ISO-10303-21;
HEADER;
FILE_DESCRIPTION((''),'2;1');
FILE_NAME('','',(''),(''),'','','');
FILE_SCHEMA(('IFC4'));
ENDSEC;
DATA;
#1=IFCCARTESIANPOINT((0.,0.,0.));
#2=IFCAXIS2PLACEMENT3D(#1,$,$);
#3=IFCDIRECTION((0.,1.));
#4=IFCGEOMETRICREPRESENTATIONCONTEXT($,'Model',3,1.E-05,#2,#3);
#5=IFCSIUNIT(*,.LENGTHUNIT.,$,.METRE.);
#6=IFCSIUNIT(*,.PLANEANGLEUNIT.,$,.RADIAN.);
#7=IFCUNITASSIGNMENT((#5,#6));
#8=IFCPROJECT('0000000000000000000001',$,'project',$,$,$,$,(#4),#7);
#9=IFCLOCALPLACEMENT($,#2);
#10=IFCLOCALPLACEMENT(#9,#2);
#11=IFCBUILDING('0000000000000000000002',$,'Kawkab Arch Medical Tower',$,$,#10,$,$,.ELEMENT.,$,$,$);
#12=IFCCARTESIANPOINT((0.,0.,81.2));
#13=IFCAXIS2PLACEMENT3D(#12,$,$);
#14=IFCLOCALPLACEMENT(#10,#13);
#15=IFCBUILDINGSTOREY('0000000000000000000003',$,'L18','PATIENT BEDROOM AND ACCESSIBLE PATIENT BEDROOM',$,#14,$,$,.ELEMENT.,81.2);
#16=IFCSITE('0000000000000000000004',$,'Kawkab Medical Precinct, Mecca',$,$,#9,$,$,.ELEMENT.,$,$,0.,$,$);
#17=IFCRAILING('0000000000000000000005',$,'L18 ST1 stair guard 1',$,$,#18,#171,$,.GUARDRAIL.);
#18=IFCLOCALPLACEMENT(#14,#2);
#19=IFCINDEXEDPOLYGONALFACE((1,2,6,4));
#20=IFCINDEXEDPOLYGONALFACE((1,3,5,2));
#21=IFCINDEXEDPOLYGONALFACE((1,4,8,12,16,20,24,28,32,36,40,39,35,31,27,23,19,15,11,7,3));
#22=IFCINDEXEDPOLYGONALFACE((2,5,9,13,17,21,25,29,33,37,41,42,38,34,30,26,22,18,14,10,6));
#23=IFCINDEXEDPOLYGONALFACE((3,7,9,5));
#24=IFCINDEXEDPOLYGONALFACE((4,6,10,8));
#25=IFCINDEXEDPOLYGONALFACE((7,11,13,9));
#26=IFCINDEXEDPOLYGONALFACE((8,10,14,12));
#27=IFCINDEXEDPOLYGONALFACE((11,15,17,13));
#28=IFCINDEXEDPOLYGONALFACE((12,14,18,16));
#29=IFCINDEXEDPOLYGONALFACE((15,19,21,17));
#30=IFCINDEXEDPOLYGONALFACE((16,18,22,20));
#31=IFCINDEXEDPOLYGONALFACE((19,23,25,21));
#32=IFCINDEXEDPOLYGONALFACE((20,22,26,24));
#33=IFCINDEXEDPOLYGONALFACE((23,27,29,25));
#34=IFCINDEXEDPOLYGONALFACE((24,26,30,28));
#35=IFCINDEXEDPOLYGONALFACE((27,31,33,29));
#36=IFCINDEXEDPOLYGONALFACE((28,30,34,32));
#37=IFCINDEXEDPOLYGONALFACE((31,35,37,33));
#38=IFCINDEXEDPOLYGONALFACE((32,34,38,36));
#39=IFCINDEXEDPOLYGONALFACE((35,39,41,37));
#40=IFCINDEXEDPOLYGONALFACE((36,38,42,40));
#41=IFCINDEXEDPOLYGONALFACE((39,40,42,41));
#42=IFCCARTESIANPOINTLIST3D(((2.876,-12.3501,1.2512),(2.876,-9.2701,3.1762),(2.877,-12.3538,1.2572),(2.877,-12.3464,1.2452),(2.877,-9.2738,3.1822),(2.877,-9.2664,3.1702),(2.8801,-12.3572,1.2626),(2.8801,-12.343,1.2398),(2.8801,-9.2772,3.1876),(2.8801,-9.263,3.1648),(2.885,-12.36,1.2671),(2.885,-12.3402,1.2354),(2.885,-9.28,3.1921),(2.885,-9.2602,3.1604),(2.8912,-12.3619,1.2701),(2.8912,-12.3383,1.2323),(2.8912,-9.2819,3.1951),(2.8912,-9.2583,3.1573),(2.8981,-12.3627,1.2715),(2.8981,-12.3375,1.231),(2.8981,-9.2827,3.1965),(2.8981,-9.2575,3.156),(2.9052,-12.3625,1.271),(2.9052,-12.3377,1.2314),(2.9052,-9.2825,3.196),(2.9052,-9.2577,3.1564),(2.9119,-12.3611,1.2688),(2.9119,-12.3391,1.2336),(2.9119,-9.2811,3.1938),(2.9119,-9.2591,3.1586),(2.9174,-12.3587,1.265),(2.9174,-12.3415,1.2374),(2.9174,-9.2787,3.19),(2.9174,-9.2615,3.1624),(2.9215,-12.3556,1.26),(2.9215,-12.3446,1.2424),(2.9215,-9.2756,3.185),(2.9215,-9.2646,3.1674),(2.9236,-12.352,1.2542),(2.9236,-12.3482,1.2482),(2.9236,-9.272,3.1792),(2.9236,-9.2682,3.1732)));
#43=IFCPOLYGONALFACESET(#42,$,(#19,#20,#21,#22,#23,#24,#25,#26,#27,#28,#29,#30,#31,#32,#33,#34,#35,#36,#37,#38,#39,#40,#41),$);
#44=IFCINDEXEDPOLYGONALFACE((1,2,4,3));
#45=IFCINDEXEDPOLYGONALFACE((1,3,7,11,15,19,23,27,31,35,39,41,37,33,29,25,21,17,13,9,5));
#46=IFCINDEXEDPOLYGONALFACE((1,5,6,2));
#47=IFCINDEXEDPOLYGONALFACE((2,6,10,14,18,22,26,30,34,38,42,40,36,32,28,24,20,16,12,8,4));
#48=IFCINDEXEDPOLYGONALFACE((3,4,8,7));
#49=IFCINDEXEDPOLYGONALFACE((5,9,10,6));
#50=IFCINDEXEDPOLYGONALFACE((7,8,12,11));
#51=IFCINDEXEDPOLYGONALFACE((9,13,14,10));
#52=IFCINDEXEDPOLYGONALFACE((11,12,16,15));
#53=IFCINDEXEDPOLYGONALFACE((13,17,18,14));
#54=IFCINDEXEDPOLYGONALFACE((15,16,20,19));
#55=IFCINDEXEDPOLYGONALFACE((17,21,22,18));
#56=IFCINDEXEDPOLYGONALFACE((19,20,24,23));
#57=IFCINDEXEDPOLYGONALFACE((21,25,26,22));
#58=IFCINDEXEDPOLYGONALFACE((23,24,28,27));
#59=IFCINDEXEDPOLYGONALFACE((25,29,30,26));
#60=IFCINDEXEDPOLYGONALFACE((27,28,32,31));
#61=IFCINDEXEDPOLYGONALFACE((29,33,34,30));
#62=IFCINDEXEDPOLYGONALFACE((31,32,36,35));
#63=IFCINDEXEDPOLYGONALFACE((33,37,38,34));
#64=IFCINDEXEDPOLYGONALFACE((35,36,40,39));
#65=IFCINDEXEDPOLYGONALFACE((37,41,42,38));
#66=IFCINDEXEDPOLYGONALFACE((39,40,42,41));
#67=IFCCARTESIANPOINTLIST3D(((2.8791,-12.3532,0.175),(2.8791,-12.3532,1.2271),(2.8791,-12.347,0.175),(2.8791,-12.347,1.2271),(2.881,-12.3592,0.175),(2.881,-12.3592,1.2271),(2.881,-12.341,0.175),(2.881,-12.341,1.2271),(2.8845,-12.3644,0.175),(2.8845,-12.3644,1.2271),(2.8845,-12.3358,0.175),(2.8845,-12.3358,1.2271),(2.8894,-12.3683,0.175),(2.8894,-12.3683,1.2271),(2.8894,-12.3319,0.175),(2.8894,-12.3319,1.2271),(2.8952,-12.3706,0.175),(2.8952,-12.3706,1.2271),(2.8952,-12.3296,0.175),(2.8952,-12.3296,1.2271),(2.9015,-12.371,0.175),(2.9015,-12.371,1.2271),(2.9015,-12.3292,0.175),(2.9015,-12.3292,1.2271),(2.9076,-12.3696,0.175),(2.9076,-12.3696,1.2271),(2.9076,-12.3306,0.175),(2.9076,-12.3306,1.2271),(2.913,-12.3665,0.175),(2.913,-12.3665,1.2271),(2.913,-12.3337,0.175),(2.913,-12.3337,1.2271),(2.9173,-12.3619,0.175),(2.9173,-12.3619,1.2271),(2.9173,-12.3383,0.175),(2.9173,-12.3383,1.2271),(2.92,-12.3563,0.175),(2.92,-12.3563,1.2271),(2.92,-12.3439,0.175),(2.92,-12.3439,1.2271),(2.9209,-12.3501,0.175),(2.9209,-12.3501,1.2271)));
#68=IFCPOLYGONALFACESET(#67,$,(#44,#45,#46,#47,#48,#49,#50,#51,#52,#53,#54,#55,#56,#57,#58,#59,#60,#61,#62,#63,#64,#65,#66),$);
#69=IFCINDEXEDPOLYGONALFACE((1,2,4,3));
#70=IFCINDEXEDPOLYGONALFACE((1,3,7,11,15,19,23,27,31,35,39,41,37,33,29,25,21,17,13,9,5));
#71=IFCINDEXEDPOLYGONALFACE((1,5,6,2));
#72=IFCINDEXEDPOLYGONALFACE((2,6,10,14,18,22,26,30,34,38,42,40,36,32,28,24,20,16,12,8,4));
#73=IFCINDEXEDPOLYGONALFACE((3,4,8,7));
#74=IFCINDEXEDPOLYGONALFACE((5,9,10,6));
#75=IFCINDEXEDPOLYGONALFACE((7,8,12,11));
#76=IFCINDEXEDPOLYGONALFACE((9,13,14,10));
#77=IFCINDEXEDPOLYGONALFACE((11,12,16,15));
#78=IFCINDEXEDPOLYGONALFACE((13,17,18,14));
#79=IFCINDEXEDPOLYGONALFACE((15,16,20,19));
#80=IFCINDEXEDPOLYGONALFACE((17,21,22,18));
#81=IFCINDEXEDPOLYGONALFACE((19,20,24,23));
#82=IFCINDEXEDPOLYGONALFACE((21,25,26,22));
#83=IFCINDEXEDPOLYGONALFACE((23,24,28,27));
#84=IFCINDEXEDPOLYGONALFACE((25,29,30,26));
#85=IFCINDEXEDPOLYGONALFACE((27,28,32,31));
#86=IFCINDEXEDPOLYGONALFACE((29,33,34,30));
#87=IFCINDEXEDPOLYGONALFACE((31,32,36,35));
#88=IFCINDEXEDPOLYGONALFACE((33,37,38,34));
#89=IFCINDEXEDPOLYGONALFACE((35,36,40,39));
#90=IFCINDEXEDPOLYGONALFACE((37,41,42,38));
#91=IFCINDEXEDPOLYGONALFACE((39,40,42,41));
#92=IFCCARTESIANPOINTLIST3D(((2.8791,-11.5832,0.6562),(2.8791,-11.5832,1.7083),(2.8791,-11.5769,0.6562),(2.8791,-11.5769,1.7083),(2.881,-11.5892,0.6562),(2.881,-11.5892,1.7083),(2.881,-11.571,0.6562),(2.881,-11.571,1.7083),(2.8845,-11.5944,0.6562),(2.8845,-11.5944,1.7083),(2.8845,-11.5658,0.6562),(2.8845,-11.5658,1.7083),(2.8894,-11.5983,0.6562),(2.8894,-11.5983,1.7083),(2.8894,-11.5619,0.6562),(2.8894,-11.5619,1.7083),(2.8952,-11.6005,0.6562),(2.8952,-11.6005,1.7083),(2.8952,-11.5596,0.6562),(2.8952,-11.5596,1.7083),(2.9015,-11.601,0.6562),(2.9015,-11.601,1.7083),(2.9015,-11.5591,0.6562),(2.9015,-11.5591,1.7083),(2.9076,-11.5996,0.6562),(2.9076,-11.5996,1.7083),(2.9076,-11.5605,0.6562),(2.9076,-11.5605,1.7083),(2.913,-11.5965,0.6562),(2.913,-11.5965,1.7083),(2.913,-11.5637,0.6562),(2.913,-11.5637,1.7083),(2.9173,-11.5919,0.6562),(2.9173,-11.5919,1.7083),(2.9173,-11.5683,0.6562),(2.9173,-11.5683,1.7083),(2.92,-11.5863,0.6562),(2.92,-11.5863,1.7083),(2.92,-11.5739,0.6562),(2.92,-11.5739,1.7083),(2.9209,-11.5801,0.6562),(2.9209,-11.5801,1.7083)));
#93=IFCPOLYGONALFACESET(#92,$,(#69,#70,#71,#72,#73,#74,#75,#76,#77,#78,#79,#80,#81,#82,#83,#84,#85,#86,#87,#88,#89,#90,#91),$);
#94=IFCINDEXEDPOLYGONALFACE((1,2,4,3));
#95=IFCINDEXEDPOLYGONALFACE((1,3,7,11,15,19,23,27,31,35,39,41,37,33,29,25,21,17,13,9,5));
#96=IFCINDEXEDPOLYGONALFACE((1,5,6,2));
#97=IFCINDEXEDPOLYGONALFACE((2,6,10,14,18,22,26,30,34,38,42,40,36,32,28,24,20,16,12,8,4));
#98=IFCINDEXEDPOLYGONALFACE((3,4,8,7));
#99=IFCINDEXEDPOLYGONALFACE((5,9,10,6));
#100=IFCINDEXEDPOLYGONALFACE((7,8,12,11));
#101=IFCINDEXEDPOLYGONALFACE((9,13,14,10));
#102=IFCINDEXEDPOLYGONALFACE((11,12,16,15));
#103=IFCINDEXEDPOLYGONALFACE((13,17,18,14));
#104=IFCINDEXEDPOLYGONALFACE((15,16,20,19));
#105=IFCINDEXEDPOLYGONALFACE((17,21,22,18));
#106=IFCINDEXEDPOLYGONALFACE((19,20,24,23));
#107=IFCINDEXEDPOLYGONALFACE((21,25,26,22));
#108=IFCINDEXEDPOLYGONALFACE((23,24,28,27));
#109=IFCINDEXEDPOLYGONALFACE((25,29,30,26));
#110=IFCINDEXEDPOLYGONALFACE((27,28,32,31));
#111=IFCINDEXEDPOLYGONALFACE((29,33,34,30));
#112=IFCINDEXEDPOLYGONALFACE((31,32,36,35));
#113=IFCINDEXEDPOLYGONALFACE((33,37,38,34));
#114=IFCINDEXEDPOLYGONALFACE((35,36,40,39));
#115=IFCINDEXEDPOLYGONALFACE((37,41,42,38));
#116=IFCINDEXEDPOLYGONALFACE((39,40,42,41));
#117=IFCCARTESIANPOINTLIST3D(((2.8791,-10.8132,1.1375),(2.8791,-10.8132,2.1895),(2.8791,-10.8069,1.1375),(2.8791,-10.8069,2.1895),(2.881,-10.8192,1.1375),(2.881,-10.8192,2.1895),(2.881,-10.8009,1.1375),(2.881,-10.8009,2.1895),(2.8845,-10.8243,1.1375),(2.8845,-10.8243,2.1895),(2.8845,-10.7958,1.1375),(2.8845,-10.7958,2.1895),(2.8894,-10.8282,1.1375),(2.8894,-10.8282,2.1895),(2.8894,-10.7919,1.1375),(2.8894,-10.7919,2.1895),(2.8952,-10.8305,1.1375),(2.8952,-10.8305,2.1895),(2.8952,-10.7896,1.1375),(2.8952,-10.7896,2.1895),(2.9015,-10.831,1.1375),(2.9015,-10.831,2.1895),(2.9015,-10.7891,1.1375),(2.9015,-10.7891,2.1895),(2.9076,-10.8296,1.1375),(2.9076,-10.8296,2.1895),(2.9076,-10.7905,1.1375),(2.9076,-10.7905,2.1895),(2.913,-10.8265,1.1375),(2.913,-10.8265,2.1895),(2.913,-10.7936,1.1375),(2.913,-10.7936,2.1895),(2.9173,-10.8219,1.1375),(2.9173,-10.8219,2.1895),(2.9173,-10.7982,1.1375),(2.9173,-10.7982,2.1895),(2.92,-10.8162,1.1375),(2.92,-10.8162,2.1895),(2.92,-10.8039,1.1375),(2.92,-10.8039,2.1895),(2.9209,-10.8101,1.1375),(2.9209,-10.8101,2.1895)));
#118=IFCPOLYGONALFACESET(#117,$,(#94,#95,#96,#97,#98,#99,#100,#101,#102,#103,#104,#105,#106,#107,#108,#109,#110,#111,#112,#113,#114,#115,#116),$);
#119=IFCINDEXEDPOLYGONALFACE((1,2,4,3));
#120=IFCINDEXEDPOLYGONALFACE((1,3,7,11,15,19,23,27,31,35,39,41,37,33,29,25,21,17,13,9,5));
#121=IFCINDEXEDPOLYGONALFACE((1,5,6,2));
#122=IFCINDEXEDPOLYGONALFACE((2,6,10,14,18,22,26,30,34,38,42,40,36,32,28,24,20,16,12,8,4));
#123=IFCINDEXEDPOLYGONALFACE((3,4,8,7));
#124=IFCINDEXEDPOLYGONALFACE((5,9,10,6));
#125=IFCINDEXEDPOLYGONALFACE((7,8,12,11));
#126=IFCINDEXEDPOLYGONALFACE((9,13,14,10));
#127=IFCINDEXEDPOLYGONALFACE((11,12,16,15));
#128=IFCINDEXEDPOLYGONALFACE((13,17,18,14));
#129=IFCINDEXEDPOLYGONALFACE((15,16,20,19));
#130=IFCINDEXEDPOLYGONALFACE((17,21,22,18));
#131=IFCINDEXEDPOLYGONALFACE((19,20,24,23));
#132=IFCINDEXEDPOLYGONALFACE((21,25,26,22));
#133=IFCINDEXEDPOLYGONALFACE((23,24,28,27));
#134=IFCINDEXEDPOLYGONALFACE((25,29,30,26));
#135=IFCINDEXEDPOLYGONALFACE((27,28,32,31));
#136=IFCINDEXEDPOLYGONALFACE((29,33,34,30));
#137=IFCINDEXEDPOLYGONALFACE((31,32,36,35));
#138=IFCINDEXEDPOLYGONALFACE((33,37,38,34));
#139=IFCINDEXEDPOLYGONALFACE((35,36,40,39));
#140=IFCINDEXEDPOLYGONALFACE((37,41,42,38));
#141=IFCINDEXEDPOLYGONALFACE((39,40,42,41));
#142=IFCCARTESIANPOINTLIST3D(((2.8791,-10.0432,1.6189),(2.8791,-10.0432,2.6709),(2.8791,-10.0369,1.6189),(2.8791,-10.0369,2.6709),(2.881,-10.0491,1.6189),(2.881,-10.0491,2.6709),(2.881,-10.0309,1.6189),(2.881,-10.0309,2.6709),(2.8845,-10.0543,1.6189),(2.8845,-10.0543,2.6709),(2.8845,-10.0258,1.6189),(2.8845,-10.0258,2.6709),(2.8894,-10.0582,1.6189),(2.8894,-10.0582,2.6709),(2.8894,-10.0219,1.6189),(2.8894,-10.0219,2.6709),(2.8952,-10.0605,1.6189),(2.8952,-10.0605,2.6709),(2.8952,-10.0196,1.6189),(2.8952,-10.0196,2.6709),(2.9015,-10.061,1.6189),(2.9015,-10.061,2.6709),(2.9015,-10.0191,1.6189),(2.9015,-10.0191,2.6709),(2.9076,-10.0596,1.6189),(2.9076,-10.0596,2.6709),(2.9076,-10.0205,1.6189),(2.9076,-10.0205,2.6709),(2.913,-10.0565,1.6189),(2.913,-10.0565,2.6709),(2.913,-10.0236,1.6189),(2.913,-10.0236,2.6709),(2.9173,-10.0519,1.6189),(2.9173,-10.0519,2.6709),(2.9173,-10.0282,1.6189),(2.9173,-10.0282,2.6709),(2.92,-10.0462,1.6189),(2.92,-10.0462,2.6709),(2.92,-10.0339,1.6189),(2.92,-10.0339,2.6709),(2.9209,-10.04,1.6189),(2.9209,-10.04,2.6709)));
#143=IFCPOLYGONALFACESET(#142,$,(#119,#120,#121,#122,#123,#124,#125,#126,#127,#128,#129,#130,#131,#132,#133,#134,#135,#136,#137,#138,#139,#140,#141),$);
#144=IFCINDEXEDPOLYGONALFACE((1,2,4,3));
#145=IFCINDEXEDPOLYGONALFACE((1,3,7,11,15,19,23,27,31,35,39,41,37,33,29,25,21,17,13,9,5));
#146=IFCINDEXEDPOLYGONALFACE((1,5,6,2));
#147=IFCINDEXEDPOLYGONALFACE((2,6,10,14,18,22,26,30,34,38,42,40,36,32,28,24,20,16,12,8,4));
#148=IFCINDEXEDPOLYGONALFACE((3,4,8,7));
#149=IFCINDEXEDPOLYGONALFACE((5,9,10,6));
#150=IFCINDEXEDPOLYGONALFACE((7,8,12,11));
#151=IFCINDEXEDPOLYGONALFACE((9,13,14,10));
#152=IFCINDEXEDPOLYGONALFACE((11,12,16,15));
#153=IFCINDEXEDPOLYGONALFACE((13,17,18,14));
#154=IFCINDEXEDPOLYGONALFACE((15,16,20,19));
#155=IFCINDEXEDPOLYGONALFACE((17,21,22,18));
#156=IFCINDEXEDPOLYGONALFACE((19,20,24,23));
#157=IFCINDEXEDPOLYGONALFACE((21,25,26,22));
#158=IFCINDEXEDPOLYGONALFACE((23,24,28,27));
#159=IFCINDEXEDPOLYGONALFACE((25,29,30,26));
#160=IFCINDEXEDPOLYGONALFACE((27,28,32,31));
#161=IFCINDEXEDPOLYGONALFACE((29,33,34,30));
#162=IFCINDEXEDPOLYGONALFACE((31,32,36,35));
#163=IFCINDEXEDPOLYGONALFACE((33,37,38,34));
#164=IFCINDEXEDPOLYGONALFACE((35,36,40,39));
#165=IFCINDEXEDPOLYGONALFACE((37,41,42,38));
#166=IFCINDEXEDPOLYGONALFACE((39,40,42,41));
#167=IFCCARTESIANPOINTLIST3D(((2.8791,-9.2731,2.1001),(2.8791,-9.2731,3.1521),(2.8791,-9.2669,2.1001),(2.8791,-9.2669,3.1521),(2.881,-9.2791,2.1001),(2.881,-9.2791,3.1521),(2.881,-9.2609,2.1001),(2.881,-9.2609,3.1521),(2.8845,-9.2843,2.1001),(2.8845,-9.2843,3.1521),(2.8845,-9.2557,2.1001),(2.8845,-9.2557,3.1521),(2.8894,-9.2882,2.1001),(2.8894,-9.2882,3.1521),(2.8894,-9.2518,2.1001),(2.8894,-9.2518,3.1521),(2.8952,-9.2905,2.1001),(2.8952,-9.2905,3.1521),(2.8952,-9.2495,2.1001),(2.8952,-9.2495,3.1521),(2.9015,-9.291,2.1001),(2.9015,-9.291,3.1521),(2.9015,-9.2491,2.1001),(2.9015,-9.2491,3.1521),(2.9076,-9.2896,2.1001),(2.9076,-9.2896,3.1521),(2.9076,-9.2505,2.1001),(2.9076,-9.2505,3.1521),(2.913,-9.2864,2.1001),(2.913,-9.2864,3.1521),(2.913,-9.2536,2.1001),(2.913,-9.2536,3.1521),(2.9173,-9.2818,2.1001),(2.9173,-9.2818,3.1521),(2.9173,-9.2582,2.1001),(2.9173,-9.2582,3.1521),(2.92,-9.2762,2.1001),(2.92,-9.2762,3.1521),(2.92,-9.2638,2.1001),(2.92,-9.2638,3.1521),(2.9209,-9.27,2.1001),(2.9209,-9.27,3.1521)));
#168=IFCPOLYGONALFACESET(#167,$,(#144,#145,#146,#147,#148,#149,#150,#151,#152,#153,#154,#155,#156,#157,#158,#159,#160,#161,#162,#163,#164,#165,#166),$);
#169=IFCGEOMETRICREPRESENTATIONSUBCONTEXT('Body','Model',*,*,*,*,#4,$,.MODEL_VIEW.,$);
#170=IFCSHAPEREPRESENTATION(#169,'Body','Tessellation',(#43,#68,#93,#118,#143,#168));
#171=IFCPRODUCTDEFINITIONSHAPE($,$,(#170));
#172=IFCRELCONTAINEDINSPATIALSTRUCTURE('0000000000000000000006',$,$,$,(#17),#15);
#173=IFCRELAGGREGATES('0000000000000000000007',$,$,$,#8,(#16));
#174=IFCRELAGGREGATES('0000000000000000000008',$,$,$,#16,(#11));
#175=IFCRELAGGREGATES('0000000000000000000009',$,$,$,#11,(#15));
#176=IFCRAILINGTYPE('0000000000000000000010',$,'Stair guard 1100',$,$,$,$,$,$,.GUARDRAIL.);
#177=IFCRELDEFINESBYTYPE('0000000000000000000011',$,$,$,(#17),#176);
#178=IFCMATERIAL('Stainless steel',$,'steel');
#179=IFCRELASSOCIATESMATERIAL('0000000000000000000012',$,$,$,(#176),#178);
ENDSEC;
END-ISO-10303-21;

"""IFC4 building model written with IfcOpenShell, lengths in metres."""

from ifc_helpers import new_model, si_unit, direction, frame, origin, origin_2d, place, context, subcontext, project, spatial, circle, extrude, material, type_object, element, save


model = new_model("IFC4")

# Units and contexts
model_context = context("Model", 3, precision=1e-05, world=origin(), true_north=direction((0.0, 1.0)))
body_context = subcontext(model_context, "Body", "Model", "MODEL_VIEW")
ifc_project = project(units=[si_unit("LENGTHUNIT", "METRE"), si_unit("PLANEANGLEUNIT", "RADIAN")], contexts=[model_context])

# Site, building, storey
site_placement = place(None, origin())
site = spatial("IfcSite", under=ifc_project, at=site_placement, Name="Kawkab Medical Precinct, Mecca", CompositionType="ELEMENT", RefElevation=0.0)
building_placement = place(site_placement, origin())
building = spatial("IfcBuilding", under=site, at=building_placement, Name="Kawkab Arch Medical Tower", CompositionType="ELEMENT")
storey_placement = place(building_placement, frame((0.0, 0.0, 81.2)))
storey = spatial("IfcBuildingStorey", under=building, at=storey_placement, Name="L18", Description="PATIENT BEDROOM AND ACCESSIBLE PATIENT BEDROOM", CompositionType="ELEMENT", Elevation=81.2)

# Railing
ifc_material_1 = material(Name="Stainless steel", Category="steel")
railing_type = type_object("IfcRailingType", Name="Stair guard 1100", PredefinedType="GUARDRAIL", material=ifc_material_1)
railing_1_placement = place(storey_placement, frame((2.8999, -12.3501, 0.175)))
element("IfcRailing", 1, at=railing_1_placement, inside=storey, type_object=railing_type, Name="L18 ST1 stair guard 1", PredefinedType="GUARDRAIL", context=body_context, shape_type="SweptSolid", body=[
    extrude(circle(Radius=0.0239, at=origin_2d()), frame((0.0, 0.0, 1.0762), z_axis=(0.0, 0.847998, 0.529999), x_axis=(-1.0, 0.0, 0.0)), (0.0, 0.0, 1.0), 3.6321),
    extrude(circle(Radius=0.021, at=origin_2d()), origin(), (0.0, 0.0, 1.0), 1.052),
    extrude(circle(Radius=0.021, at=origin_2d()), frame((0.0, 0.77, 0.4812)), (0.0, 0.0, 1.0), 1.052),
    extrude(circle(Radius=0.021, at=origin_2d()), frame((0.0, 1.54, 0.9624)), (0.0, 0.0, 1.0), 1.052),
    extrude(circle(Radius=0.021, at=origin_2d()), frame((0.0, 2.3101, 1.4438)), (0.0, 0.0, 1.0), 1.052),
    extrude(circle(Radius=0.021, at=origin_2d()), frame((0.0, 3.0801, 1.925)), (0.0, 0.0, 1.0), 1.052),
])

save(model, "model.ifc")
